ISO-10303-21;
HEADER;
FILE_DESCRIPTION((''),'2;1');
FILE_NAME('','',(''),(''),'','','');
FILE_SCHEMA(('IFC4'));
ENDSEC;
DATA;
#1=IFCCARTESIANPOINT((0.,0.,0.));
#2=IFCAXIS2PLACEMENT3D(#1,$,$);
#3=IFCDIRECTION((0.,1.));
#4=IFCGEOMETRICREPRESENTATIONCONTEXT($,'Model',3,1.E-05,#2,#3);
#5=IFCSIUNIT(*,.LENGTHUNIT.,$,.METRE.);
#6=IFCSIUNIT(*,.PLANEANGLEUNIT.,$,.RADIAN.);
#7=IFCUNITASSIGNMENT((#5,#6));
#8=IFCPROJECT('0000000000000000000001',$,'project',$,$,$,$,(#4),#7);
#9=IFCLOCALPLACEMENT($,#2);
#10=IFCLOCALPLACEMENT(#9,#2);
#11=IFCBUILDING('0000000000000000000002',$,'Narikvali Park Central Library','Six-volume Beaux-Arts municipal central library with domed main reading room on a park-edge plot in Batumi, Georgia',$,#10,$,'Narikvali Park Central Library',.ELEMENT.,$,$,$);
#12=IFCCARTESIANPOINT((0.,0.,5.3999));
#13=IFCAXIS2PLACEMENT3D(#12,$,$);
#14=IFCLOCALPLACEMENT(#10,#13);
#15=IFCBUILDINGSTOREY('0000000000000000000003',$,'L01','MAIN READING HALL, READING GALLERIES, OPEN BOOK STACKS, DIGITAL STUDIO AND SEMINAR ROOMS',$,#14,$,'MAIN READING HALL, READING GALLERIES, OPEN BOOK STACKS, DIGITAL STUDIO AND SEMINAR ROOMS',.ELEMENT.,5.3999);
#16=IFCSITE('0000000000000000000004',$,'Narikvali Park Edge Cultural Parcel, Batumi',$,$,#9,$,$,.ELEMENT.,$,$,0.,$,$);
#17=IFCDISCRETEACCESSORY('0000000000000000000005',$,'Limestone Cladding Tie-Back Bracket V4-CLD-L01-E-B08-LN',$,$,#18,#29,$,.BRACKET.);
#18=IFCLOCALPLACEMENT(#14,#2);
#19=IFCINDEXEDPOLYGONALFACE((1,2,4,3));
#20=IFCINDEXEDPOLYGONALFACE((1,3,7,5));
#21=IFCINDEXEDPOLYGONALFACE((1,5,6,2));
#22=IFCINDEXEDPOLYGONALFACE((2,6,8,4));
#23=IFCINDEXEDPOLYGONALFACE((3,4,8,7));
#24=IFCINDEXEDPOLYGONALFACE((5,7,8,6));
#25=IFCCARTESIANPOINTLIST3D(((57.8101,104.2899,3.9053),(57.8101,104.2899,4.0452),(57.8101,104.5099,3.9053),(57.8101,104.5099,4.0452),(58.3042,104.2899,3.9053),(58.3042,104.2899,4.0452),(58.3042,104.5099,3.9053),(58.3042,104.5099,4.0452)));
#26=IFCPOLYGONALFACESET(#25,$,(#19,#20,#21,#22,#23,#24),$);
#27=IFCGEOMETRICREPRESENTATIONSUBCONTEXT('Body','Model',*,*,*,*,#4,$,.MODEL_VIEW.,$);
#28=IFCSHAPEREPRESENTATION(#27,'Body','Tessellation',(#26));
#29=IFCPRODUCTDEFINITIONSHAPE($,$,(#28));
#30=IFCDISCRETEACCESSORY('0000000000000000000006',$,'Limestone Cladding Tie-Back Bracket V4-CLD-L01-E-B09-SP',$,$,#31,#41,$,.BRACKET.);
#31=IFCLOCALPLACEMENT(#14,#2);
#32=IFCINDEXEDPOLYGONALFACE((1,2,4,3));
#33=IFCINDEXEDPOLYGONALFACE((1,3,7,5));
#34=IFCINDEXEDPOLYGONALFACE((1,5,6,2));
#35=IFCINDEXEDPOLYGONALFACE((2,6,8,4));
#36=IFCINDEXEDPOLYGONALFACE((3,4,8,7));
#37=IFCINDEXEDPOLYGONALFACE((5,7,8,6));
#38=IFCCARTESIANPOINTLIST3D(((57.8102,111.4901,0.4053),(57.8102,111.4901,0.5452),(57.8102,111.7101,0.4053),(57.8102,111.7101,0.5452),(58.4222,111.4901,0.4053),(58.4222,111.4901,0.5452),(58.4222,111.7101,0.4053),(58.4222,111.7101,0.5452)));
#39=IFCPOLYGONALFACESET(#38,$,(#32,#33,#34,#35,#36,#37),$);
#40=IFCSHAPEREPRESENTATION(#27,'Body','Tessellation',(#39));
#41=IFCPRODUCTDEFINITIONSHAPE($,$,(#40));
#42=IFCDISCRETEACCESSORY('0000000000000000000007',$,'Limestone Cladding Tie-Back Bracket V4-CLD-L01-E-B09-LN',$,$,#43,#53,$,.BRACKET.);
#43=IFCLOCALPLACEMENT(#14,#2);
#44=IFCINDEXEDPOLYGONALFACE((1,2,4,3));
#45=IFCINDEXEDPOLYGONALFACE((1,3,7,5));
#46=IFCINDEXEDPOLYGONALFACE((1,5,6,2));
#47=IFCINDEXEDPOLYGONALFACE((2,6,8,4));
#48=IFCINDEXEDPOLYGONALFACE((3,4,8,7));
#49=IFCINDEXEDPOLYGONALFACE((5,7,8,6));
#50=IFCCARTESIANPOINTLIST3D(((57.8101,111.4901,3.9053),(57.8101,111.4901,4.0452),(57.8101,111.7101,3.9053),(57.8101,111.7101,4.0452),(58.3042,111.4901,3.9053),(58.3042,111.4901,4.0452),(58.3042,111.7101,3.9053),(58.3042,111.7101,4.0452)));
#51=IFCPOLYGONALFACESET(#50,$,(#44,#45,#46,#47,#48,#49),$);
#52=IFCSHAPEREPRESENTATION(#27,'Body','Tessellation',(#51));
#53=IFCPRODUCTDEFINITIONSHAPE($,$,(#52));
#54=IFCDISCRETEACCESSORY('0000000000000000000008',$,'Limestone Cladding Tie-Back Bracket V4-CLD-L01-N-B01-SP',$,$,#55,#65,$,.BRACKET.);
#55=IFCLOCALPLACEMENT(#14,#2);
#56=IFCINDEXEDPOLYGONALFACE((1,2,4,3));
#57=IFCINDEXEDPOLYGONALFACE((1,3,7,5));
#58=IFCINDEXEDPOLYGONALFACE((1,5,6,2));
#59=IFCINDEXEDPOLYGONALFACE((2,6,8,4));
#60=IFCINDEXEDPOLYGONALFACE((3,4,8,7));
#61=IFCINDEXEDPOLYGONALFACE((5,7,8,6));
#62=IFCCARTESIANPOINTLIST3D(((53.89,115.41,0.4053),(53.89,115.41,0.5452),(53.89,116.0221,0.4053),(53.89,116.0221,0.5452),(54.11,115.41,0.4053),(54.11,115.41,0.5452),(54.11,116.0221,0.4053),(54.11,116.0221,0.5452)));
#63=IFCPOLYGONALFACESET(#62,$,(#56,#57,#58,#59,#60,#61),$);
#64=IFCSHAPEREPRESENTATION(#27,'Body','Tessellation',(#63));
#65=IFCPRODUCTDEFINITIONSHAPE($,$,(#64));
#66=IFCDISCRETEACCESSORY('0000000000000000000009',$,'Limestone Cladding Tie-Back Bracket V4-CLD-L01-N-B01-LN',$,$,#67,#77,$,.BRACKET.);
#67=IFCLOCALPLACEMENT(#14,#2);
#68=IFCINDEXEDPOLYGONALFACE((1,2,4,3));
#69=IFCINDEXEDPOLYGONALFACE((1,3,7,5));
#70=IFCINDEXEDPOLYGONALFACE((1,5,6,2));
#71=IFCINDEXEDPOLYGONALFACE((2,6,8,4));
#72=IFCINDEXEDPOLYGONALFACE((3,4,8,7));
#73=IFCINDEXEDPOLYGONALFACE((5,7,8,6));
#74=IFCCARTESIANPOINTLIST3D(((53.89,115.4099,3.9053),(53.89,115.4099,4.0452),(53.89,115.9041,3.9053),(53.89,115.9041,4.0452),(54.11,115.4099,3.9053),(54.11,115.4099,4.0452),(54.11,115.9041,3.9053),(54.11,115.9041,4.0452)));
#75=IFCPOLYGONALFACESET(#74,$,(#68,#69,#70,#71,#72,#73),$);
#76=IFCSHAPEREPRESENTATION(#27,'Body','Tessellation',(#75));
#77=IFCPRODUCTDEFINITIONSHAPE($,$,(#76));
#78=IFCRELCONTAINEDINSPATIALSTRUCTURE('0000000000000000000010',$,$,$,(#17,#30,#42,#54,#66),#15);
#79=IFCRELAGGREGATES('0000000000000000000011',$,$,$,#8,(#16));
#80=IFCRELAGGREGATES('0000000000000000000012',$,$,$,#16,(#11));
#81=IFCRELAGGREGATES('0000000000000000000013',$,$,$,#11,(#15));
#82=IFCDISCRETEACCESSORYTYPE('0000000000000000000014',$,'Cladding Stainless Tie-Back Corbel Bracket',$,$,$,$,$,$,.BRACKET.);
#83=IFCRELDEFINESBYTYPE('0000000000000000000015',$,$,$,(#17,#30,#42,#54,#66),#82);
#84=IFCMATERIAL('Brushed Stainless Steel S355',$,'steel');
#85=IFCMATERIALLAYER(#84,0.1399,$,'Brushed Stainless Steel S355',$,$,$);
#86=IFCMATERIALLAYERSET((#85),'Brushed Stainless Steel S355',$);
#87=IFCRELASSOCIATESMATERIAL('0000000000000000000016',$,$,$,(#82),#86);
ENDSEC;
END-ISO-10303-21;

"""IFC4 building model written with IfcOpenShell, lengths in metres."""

from ifc_helpers import new_model, si_unit, direction, frame, origin, origin_2d, place, context, subcontext, project, spatial, rectangle, extrude, material, layer, layer_set, type_object, element, save


model = new_model("IFC4")

# Units and contexts
model_context = context("Model", 3, precision=1e-05, world=origin(), true_north=direction((0.0, 1.0)))
body_context = subcontext(model_context, "Body", "Model", "MODEL_VIEW")
ifc_project = project(units=[si_unit("LENGTHUNIT", "METRE"), si_unit("PLANEANGLEUNIT", "RADIAN")], contexts=[model_context])

# Site, building, storey
site_placement = place(None, origin())
site = spatial("IfcSite", under=ifc_project, at=site_placement, Name="Narikvali Park Edge Cultural Parcel, Batumi", CompositionType="ELEMENT", RefElevation=0.0)
building_placement = place(site_placement, origin())
building = spatial("IfcBuilding", under=site, at=building_placement, Name="Narikvali Park Central Library", Description="Six-volume Beaux-Arts municipal central library with domed main reading room on a park-edge plot in Batumi, Georgia", LongName="Narikvali Park Central Library", CompositionType="ELEMENT")
storey_placement = place(building_placement, frame((0.0, 0.0, 5.3999)))
storey = spatial("IfcBuildingStorey", under=building, at=storey_placement, Name="L01", Description="MAIN READING HALL, READING GALLERIES, OPEN BOOK STACKS, DIGITAL STUDIO AND SEMINAR ROOMS", LongName="MAIN READING HALL, READING GALLERIES, OPEN BOOK STACKS, DIGITAL STUDIO AND SEMINAR ROOMS", CompositionType="ELEMENT", Elevation=5.3999)

# Discrete accessories
ifc_material_1 = material(Name="Brushed Stainless Steel S355", Category="steel")
ifc_layer_1 = layer(ifc_material_1, 0.1399, Name="Brushed Stainless Steel S355")
ifc_layer_set_1 = layer_set([ifc_layer_1], Name="Brushed Stainless Steel S355")
discrete_accessory_type = type_object("IfcDiscreteAccessoryType", Name="Cladding Stainless Tie-Back Corbel Bracket", PredefinedType="BRACKET", material=ifc_layer_set_1)
discrete_accessory_1_placement = place(storey_placement, frame((58.0571, 104.3999, 3.9053), z_axis=(0.0, 0.0, 1.0), x_axis=(1.0, 0.0, 0.0)))
element("IfcDiscreteAccessory", 1, at=discrete_accessory_1_placement, inside=storey, type_object=discrete_accessory_type, Name="Limestone Cladding Tie-Back Bracket V4-CLD-L01-E-B08-LN", PredefinedType="BRACKET", context=body_context, shape_type="SweptSolid", body=[
    extrude(rectangle(XDim=0.4941, YDim=0.22, at=origin_2d()), origin(), (0.0, 0.0, 1.0), 0.1399),
])
discrete_accessory_2_placement = place(storey_placement, frame((58.1162, 111.6001, 0.4053), z_axis=(0.0, 0.0, 1.0), x_axis=(1.0, 0.0, 0.0)))
element("IfcDiscreteAccessory", 2, at=discrete_accessory_2_placement, inside=storey, type_object=discrete_accessory_type, Name="Limestone Cladding Tie-Back Bracket V4-CLD-L01-E-B09-SP", PredefinedType="BRACKET", context=body_context, shape_type="SweptSolid", body=[
    extrude(rectangle(XDim=0.6121, YDim=0.22, at=origin_2d()), origin(), (0.0, 0.0, 1.0), 0.1399),
])
discrete_accessory_3_placement = place(storey_placement, frame((58.0571, 111.6001, 3.9053), z_axis=(0.0, 0.0, 1.0), x_axis=(1.0, 0.0, 0.0)))
element("IfcDiscreteAccessory", 3, at=discrete_accessory_3_placement, inside=storey, type_object=discrete_accessory_type, Name="Limestone Cladding Tie-Back Bracket V4-CLD-L01-E-B09-LN", PredefinedType="BRACKET", context=body_context, shape_type="SweptSolid", body=[
    extrude(rectangle(XDim=0.4941, YDim=0.22, at=origin_2d()), origin(), (0.0, 0.0, 1.0), 0.1399),
])
discrete_accessory_4_placement = place(storey_placement, frame((54.0, 115.7161, 0.4053), z_axis=(0.0, 0.0, 1.0), x_axis=(1.0, 0.0, 0.0)))
element("IfcDiscreteAccessory", 4, at=discrete_accessory_4_placement, inside=storey, type_object=discrete_accessory_type, Name="Limestone Cladding Tie-Back Bracket V4-CLD-L01-N-B01-SP", PredefinedType="BRACKET", context=body_context, shape_type="SweptSolid", body=[
    extrude(rectangle(XDim=0.22, YDim=0.6121, at=origin_2d()), origin(), (0.0, 0.0, 1.0), 0.1399),
])
discrete_accessory_5_placement = place(storey_placement, frame((54.0, 115.657, 3.9053), z_axis=(0.0, 0.0, 1.0), x_axis=(1.0, 0.0, 0.0)))
element("IfcDiscreteAccessory", 5, at=discrete_accessory_5_placement, inside=storey, type_object=discrete_accessory_type, Name="Limestone Cladding Tie-Back Bracket V4-CLD-L01-N-B01-LN", PredefinedType="BRACKET", context=body_context, shape_type="SweptSolid", body=[
    extrude(rectangle(XDim=0.22, YDim=0.4941, at=origin_2d()), origin(), (0.0, 0.0, 1.0), 0.1399),
])

save(model, "model.ifc")
